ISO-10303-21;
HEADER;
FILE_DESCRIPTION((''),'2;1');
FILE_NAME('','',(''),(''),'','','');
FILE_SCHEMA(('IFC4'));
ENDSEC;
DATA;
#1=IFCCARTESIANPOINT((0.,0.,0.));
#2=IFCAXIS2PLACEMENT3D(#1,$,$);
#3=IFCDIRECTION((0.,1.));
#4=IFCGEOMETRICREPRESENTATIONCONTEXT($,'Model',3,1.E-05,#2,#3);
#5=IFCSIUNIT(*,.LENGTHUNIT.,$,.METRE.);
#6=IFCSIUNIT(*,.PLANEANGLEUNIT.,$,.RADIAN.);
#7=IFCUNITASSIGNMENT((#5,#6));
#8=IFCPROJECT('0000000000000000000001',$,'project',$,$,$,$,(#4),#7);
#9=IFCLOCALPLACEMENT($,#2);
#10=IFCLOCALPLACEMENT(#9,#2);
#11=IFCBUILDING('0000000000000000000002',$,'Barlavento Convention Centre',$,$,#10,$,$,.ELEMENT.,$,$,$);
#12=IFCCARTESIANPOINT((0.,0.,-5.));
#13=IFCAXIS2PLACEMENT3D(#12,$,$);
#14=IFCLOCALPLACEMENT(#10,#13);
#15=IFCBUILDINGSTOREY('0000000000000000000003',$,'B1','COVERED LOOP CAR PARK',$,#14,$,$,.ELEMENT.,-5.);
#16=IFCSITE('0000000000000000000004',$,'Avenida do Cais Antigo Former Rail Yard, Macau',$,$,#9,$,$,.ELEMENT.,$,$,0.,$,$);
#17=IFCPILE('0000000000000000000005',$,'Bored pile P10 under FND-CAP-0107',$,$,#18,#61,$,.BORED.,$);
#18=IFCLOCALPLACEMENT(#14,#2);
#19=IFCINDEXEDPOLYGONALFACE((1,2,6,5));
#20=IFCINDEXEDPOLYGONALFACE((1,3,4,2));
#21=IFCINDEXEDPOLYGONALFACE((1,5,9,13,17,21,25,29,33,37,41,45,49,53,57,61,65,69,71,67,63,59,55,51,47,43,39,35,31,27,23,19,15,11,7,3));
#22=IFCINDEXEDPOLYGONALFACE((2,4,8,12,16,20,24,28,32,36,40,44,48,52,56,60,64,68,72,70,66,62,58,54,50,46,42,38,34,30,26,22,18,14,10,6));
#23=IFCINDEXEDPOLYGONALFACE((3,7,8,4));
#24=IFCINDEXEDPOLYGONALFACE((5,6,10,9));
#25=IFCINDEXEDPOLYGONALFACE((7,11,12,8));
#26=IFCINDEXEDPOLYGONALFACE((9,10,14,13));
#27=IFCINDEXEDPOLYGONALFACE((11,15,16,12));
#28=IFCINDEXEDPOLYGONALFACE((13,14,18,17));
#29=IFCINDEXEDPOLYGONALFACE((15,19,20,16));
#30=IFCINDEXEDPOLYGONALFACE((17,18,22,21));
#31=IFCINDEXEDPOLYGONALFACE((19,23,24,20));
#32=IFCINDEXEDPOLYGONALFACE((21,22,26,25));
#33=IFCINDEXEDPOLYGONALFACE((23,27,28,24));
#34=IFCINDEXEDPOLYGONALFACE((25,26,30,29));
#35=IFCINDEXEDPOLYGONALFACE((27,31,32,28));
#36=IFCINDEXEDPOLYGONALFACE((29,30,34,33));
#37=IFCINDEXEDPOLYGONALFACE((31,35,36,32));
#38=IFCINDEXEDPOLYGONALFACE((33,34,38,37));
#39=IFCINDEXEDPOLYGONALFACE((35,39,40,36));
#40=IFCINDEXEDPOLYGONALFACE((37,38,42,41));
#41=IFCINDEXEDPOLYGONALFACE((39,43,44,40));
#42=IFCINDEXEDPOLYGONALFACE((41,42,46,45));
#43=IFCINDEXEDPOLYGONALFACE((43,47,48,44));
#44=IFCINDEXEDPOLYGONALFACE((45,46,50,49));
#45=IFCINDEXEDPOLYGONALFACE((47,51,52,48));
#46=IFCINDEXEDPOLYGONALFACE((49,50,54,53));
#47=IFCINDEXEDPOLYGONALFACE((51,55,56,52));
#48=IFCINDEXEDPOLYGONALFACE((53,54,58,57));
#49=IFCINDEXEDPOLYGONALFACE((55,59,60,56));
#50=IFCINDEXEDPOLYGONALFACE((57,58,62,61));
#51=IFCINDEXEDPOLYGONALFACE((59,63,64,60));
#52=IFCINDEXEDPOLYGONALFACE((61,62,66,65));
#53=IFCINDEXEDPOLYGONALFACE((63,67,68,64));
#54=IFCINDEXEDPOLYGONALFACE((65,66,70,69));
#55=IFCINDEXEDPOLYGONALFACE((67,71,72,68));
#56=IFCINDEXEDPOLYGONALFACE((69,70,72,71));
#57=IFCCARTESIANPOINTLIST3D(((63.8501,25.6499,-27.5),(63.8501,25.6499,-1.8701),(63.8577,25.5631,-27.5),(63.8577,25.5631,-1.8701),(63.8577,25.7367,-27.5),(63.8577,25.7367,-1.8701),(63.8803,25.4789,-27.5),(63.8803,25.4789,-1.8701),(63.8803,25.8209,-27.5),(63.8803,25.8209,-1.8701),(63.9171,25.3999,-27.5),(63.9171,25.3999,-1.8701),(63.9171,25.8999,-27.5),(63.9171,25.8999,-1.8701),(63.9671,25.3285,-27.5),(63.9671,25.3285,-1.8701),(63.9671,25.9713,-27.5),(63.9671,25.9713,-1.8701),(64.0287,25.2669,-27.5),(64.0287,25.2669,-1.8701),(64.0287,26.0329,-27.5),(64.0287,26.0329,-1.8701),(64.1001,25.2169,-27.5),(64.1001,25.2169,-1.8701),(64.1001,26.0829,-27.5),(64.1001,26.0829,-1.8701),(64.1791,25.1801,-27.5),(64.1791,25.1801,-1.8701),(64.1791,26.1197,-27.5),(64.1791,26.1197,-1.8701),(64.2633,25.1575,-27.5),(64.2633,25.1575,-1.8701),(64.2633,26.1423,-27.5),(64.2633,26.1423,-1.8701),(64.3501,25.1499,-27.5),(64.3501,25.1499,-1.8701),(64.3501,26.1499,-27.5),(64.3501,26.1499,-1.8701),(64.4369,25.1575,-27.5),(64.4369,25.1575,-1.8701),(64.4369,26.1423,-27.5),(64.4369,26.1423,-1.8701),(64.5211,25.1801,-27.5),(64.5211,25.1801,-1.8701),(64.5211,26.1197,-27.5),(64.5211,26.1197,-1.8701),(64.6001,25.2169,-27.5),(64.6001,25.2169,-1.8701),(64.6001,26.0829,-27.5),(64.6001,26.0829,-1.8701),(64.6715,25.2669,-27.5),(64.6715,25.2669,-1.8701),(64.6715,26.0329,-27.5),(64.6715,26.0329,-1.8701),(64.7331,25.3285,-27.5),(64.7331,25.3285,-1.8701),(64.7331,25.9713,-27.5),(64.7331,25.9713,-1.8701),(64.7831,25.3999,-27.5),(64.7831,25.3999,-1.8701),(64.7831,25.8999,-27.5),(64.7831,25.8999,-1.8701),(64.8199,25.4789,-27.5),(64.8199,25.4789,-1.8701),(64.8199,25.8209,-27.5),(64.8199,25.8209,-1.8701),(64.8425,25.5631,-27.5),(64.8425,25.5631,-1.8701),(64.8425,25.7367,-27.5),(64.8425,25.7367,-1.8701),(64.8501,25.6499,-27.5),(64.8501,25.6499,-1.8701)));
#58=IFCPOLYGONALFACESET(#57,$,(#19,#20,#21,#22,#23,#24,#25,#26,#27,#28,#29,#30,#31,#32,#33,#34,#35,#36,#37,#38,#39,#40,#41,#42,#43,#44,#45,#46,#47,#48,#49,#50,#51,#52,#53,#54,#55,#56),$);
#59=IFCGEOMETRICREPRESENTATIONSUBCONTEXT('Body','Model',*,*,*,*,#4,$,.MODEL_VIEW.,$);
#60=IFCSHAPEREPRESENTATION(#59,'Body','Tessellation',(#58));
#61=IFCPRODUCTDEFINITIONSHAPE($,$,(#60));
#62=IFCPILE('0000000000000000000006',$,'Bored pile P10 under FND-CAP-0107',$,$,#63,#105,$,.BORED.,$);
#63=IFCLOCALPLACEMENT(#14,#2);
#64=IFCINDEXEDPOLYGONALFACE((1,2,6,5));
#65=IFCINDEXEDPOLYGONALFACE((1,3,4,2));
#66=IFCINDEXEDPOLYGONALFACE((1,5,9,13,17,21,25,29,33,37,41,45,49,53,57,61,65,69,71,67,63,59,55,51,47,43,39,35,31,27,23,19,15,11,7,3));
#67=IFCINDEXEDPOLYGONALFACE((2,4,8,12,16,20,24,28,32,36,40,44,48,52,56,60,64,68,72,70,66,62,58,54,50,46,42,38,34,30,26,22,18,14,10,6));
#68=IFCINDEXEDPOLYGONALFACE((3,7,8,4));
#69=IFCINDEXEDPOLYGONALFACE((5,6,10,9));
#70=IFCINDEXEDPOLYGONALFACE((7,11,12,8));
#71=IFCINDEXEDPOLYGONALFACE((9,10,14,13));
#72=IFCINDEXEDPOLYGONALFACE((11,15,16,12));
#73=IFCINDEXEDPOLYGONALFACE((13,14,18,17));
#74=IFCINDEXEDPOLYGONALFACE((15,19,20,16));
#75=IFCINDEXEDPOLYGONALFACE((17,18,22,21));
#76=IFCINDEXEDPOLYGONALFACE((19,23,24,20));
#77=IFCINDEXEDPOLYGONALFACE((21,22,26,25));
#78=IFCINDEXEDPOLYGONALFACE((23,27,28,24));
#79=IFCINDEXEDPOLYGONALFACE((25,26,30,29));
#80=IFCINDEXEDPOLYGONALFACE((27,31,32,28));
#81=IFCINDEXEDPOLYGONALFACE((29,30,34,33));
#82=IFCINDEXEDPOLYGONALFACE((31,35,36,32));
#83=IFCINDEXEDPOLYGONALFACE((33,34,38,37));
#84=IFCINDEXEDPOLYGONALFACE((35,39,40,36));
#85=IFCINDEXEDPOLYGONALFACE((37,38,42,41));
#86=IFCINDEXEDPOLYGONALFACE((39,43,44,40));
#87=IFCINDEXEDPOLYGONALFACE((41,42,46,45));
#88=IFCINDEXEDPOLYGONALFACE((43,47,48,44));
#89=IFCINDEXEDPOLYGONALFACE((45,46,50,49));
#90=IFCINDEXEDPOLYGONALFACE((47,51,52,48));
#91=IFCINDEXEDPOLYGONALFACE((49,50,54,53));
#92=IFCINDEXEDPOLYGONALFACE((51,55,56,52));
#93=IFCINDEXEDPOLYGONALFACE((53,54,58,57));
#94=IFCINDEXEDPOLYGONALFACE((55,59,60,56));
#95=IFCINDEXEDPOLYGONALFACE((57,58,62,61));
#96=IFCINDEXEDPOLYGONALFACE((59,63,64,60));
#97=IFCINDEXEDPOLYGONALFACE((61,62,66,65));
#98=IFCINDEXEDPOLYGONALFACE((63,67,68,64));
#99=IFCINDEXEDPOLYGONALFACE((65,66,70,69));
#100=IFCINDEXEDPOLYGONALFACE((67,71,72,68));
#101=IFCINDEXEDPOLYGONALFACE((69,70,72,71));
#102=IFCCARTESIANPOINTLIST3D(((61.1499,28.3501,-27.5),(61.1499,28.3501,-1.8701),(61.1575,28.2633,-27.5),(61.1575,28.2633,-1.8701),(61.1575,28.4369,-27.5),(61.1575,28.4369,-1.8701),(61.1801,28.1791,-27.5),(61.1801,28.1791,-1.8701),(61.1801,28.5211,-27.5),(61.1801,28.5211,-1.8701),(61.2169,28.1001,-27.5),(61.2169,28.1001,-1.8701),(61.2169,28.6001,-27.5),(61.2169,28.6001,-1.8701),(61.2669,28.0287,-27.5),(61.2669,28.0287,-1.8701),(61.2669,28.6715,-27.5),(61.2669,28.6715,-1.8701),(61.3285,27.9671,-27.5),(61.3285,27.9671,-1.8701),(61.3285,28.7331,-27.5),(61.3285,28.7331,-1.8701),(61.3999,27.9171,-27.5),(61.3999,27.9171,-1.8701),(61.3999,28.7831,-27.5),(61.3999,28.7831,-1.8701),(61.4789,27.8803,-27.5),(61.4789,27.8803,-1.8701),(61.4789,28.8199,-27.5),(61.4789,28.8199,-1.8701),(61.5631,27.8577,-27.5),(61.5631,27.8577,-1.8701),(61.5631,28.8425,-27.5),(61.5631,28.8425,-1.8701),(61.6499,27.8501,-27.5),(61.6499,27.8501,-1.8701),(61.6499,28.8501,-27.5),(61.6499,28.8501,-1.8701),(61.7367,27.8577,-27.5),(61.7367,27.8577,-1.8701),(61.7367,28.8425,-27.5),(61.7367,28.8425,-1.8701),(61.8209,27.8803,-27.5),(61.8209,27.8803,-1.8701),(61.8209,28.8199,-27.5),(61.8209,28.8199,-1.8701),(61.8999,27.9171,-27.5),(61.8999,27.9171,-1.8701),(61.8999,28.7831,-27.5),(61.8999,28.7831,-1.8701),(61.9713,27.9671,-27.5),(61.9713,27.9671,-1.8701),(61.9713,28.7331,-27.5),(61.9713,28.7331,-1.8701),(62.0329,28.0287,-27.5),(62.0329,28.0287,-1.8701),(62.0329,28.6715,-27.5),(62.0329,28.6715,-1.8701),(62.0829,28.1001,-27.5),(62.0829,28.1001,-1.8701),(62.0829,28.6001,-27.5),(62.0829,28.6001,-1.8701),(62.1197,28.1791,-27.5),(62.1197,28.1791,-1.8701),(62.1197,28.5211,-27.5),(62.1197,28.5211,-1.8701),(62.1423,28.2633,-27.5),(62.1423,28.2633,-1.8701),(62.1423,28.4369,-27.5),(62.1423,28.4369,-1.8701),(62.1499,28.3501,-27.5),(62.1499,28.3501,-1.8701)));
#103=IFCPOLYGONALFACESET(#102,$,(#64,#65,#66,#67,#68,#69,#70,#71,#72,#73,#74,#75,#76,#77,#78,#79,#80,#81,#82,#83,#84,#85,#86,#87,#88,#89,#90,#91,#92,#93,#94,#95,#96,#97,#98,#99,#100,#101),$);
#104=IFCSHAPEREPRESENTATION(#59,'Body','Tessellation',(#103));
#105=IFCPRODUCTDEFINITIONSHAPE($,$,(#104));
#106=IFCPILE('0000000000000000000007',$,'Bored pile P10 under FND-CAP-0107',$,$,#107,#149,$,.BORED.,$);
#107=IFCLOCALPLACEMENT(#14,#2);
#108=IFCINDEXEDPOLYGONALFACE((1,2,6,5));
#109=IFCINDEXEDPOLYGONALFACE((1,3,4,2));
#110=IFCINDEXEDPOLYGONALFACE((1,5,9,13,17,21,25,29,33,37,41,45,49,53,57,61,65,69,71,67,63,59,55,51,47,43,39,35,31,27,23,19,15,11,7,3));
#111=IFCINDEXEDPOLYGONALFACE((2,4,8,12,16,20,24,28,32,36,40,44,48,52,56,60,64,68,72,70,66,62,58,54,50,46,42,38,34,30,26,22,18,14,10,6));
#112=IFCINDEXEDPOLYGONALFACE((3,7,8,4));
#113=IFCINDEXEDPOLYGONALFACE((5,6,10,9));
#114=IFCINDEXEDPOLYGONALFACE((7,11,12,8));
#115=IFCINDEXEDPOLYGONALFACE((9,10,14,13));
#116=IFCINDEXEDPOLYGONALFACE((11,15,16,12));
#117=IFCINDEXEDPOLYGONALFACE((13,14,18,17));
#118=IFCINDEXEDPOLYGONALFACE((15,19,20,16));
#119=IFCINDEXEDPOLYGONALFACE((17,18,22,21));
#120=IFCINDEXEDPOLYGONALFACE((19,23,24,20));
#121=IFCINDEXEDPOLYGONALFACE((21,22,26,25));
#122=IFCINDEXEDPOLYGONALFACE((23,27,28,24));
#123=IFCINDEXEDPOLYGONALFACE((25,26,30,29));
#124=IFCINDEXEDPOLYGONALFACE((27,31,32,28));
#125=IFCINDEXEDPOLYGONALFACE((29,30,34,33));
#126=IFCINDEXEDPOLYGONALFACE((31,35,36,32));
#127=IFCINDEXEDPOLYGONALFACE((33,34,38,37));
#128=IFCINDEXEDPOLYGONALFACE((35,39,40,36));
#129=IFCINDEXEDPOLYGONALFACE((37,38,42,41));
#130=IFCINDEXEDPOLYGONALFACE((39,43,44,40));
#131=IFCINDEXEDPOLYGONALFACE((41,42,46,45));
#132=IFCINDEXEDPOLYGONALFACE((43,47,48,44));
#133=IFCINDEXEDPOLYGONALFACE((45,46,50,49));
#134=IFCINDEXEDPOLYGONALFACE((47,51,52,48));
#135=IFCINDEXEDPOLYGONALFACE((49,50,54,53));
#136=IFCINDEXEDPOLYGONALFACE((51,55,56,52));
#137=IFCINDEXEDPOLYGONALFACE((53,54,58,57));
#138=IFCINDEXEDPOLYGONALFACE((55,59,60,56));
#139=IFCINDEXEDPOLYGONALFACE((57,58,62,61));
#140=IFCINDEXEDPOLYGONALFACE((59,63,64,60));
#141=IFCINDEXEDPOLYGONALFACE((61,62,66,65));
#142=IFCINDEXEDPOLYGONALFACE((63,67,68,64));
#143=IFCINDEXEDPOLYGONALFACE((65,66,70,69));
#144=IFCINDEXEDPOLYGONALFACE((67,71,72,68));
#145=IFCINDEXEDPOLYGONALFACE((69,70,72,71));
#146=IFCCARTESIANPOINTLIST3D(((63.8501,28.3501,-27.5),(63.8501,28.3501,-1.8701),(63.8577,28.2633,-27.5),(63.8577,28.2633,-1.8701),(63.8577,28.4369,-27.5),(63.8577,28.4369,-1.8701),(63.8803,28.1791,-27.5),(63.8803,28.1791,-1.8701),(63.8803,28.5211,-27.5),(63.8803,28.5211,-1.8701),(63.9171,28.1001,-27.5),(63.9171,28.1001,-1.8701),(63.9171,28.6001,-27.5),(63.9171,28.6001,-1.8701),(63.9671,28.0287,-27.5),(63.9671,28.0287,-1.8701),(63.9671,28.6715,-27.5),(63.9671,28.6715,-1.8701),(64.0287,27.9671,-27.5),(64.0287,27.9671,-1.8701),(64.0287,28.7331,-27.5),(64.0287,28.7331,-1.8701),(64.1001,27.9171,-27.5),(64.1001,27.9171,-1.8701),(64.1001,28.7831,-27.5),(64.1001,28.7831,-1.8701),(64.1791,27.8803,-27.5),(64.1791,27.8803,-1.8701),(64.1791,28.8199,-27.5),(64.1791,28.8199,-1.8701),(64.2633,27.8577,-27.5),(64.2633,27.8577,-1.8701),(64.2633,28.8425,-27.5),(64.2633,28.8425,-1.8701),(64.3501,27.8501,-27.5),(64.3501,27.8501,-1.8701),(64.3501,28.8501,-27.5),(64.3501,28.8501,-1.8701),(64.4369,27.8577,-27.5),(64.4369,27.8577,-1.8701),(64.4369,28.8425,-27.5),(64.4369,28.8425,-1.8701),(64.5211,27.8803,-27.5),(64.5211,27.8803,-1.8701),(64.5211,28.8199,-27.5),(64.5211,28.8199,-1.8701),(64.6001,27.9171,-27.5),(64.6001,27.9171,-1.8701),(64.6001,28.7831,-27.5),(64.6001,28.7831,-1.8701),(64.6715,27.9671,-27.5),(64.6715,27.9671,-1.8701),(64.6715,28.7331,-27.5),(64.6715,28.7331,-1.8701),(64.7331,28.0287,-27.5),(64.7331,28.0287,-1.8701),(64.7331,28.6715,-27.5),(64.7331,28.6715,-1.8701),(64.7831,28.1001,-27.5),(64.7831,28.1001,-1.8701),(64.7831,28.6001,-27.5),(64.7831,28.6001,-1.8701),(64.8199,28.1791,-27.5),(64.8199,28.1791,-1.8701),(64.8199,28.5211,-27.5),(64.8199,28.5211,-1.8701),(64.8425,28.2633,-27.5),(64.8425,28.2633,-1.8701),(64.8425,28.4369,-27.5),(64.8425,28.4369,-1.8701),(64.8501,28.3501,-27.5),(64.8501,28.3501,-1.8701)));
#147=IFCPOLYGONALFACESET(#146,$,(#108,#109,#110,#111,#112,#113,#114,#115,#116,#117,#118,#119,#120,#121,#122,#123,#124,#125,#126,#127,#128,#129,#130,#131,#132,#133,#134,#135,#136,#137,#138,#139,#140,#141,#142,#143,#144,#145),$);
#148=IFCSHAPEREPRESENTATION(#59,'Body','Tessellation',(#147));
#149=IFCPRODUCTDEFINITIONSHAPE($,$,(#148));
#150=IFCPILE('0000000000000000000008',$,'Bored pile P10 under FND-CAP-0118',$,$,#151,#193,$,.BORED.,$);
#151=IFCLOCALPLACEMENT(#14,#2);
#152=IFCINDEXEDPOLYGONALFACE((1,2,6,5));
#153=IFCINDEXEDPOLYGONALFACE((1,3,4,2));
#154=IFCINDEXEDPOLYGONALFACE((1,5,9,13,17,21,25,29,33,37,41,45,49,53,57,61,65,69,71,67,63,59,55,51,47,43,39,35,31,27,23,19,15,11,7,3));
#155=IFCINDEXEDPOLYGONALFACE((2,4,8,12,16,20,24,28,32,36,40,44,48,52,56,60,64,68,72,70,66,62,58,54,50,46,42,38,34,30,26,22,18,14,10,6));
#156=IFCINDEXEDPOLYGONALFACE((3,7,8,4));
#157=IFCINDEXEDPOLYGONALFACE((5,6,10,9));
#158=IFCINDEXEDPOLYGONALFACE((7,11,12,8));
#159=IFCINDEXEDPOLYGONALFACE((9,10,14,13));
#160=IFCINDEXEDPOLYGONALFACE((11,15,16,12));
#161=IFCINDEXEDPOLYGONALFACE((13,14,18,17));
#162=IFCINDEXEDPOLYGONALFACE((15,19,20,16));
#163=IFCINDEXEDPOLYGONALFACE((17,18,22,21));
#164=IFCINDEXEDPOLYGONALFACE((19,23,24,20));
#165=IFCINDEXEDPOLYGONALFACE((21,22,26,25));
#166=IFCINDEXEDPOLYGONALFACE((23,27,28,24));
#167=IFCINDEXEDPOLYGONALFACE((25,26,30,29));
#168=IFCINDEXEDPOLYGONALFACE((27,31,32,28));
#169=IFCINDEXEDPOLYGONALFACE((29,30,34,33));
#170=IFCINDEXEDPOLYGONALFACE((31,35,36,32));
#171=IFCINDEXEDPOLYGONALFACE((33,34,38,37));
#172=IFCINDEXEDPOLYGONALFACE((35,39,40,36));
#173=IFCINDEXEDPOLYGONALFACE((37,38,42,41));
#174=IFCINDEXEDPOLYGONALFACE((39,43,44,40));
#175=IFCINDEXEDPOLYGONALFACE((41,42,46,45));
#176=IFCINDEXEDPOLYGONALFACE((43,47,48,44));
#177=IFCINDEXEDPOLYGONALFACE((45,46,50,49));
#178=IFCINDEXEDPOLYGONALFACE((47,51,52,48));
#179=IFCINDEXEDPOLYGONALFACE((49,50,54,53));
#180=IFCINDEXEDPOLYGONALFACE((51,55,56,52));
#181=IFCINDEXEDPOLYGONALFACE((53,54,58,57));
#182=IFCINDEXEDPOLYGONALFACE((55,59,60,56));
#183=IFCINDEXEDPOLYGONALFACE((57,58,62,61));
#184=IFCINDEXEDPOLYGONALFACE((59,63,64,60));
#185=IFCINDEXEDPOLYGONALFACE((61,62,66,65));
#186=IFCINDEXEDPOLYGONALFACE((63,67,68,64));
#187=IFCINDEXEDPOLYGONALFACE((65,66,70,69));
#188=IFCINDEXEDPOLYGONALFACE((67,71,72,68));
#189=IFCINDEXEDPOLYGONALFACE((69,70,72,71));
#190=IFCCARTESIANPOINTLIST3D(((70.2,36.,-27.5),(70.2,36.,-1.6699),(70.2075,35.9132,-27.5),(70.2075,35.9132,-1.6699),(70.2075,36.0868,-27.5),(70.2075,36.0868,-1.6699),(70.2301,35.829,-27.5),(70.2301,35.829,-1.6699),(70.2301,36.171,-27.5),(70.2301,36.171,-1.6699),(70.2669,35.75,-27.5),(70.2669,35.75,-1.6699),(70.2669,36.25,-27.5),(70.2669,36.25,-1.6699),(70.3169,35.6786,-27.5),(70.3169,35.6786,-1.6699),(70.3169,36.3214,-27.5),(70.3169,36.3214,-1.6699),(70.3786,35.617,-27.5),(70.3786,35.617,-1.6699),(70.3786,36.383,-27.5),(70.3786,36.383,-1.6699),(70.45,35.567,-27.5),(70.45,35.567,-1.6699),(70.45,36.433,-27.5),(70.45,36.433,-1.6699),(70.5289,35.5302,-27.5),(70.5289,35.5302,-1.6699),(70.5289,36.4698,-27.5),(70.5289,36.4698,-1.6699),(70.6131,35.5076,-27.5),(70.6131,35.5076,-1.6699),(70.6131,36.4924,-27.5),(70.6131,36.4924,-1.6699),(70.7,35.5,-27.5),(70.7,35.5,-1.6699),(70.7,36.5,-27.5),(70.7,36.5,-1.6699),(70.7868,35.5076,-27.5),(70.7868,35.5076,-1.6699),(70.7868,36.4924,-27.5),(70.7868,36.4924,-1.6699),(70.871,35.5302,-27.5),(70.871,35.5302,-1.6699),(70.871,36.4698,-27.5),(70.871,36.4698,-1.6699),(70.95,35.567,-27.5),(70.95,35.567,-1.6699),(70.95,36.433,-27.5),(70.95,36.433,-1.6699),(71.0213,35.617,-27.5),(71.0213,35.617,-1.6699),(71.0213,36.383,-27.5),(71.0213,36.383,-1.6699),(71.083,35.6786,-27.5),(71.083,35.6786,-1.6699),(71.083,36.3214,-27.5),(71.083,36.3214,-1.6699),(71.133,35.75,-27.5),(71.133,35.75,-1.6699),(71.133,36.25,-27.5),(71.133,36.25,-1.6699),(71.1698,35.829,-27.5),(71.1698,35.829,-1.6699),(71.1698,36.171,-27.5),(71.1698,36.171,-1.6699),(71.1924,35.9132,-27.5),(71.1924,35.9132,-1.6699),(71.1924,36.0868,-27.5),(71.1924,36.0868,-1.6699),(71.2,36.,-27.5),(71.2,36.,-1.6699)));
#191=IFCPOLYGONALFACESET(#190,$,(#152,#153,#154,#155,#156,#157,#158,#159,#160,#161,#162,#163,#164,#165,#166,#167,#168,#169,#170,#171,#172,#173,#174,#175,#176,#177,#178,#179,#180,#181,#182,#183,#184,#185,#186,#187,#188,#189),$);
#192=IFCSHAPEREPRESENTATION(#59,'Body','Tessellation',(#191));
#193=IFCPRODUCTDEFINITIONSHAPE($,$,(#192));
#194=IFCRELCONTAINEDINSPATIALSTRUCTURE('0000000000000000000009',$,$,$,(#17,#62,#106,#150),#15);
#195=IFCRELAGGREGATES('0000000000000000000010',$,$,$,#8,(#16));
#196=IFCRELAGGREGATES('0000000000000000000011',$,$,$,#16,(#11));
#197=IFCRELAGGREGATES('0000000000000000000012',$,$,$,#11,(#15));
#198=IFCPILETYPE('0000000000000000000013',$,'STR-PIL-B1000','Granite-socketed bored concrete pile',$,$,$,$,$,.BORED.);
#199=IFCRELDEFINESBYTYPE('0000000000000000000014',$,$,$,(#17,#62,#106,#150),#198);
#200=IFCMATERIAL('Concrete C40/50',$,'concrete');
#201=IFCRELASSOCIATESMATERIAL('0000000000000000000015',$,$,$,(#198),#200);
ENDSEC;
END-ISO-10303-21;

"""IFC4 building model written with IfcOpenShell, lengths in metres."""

from ifc_helpers import new_model, si_unit, direction, frame, origin, origin_2d, place, context, subcontext, project, spatial, circle, extrude, material, material_profile, profile_set, type_object, element, save


model = new_model("IFC4")

# Units and contexts
model_context = context("Model", 3, precision=1e-05, world=origin(), true_north=direction((0.0, 1.0)))
body_context = subcontext(model_context, "Body", "Model", "MODEL_VIEW")
ifc_project = project(units=[si_unit("LENGTHUNIT", "METRE"), si_unit("PLANEANGLEUNIT", "RADIAN")], contexts=[model_context])

# Site, building, storey
site_placement = place(None, origin())
site = spatial("IfcSite", under=ifc_project, at=site_placement, Name="Avenida do Cais Antigo Former Rail Yard, Macau", CompositionType="ELEMENT", RefElevation=0.0)
building_placement = place(site_placement, origin())
building = spatial("IfcBuilding", under=site, at=building_placement, Name="Barlavento Convention Centre", CompositionType="ELEMENT")
storey_placement = place(building_placement, frame((0.0, 0.0, -5.0)))
storey = spatial("IfcBuildingStorey", under=building, at=storey_placement, Name="B1", Description="COVERED LOOP CAR PARK", CompositionType="ELEMENT", Elevation=-5.0)

# Shared definitions
ifc_material_1 = material(Name="Concrete C40/50", Category="concrete")

# Piles
ifc_material_profile_1 = material_profile(ifc_material_1, circle(Radius=0.5, at=origin_2d()), Name="BORED PILE 1000")
ifc_profile_set_1 = profile_set([ifc_material_profile_1], Name="Concrete C40/50")
pile_type_1 = type_object("IfcPileType", Name="STR-PIL-B1000", Description="Granite-socketed bored concrete pile", PredefinedType="BORED", material=ifc_profile_set_1)
for number, where, z_axis, x_axis, name in (
    (1, (64.3501, 25.6499, -1.8701), (0.0, 0.0, -1.0), (1.0, 0.0, 0.0), "Bored pile P10 under FND-CAP-0107"),
    (2, (61.6499, 28.3501, -1.8701), (0.0, 0.0, -1.0), (1.0, 0.0, 0.0), "Bored pile P10 under FND-CAP-0107"),
    (3, (64.3501, 28.3501, -1.8701), (0.0, 0.0, -1.0), (1.0, 0.0, 0.0), "Bored pile P10 under FND-CAP-0107"),
):
    element("IfcPile", number, at=place(storey_placement, frame(where, z_axis=z_axis, x_axis=x_axis)), inside=storey, type_object=pile_type_1, Name=name, PredefinedType="BORED", context=body_context, shape_type="SweptSolid", body=[
        extrude(circle(Radius=0.5, at=origin_2d()), origin(), (0.0, 0.0, 1.0), 25.6299),
    ])
for number, where, z_axis, x_axis, name in (
    (4, (70.7, 36.0, -1.6699), (0.0, 0.0, -1.0), (1.0, 0.0, 0.0), "Bored pile P10 under FND-CAP-0118"),
):
    element("IfcPile", number, at=place(storey_placement, frame(where, z_axis=z_axis, x_axis=x_axis)), inside=storey, type_object=pile_type_1, Name=name, PredefinedType="BORED", context=body_context, shape_type="SweptSolid", body=[
        extrude(circle(Radius=0.5, at=origin_2d()), origin(), (0.0, 0.0, 1.0), 25.8301),
    ])

save(model, "model.ifc")
